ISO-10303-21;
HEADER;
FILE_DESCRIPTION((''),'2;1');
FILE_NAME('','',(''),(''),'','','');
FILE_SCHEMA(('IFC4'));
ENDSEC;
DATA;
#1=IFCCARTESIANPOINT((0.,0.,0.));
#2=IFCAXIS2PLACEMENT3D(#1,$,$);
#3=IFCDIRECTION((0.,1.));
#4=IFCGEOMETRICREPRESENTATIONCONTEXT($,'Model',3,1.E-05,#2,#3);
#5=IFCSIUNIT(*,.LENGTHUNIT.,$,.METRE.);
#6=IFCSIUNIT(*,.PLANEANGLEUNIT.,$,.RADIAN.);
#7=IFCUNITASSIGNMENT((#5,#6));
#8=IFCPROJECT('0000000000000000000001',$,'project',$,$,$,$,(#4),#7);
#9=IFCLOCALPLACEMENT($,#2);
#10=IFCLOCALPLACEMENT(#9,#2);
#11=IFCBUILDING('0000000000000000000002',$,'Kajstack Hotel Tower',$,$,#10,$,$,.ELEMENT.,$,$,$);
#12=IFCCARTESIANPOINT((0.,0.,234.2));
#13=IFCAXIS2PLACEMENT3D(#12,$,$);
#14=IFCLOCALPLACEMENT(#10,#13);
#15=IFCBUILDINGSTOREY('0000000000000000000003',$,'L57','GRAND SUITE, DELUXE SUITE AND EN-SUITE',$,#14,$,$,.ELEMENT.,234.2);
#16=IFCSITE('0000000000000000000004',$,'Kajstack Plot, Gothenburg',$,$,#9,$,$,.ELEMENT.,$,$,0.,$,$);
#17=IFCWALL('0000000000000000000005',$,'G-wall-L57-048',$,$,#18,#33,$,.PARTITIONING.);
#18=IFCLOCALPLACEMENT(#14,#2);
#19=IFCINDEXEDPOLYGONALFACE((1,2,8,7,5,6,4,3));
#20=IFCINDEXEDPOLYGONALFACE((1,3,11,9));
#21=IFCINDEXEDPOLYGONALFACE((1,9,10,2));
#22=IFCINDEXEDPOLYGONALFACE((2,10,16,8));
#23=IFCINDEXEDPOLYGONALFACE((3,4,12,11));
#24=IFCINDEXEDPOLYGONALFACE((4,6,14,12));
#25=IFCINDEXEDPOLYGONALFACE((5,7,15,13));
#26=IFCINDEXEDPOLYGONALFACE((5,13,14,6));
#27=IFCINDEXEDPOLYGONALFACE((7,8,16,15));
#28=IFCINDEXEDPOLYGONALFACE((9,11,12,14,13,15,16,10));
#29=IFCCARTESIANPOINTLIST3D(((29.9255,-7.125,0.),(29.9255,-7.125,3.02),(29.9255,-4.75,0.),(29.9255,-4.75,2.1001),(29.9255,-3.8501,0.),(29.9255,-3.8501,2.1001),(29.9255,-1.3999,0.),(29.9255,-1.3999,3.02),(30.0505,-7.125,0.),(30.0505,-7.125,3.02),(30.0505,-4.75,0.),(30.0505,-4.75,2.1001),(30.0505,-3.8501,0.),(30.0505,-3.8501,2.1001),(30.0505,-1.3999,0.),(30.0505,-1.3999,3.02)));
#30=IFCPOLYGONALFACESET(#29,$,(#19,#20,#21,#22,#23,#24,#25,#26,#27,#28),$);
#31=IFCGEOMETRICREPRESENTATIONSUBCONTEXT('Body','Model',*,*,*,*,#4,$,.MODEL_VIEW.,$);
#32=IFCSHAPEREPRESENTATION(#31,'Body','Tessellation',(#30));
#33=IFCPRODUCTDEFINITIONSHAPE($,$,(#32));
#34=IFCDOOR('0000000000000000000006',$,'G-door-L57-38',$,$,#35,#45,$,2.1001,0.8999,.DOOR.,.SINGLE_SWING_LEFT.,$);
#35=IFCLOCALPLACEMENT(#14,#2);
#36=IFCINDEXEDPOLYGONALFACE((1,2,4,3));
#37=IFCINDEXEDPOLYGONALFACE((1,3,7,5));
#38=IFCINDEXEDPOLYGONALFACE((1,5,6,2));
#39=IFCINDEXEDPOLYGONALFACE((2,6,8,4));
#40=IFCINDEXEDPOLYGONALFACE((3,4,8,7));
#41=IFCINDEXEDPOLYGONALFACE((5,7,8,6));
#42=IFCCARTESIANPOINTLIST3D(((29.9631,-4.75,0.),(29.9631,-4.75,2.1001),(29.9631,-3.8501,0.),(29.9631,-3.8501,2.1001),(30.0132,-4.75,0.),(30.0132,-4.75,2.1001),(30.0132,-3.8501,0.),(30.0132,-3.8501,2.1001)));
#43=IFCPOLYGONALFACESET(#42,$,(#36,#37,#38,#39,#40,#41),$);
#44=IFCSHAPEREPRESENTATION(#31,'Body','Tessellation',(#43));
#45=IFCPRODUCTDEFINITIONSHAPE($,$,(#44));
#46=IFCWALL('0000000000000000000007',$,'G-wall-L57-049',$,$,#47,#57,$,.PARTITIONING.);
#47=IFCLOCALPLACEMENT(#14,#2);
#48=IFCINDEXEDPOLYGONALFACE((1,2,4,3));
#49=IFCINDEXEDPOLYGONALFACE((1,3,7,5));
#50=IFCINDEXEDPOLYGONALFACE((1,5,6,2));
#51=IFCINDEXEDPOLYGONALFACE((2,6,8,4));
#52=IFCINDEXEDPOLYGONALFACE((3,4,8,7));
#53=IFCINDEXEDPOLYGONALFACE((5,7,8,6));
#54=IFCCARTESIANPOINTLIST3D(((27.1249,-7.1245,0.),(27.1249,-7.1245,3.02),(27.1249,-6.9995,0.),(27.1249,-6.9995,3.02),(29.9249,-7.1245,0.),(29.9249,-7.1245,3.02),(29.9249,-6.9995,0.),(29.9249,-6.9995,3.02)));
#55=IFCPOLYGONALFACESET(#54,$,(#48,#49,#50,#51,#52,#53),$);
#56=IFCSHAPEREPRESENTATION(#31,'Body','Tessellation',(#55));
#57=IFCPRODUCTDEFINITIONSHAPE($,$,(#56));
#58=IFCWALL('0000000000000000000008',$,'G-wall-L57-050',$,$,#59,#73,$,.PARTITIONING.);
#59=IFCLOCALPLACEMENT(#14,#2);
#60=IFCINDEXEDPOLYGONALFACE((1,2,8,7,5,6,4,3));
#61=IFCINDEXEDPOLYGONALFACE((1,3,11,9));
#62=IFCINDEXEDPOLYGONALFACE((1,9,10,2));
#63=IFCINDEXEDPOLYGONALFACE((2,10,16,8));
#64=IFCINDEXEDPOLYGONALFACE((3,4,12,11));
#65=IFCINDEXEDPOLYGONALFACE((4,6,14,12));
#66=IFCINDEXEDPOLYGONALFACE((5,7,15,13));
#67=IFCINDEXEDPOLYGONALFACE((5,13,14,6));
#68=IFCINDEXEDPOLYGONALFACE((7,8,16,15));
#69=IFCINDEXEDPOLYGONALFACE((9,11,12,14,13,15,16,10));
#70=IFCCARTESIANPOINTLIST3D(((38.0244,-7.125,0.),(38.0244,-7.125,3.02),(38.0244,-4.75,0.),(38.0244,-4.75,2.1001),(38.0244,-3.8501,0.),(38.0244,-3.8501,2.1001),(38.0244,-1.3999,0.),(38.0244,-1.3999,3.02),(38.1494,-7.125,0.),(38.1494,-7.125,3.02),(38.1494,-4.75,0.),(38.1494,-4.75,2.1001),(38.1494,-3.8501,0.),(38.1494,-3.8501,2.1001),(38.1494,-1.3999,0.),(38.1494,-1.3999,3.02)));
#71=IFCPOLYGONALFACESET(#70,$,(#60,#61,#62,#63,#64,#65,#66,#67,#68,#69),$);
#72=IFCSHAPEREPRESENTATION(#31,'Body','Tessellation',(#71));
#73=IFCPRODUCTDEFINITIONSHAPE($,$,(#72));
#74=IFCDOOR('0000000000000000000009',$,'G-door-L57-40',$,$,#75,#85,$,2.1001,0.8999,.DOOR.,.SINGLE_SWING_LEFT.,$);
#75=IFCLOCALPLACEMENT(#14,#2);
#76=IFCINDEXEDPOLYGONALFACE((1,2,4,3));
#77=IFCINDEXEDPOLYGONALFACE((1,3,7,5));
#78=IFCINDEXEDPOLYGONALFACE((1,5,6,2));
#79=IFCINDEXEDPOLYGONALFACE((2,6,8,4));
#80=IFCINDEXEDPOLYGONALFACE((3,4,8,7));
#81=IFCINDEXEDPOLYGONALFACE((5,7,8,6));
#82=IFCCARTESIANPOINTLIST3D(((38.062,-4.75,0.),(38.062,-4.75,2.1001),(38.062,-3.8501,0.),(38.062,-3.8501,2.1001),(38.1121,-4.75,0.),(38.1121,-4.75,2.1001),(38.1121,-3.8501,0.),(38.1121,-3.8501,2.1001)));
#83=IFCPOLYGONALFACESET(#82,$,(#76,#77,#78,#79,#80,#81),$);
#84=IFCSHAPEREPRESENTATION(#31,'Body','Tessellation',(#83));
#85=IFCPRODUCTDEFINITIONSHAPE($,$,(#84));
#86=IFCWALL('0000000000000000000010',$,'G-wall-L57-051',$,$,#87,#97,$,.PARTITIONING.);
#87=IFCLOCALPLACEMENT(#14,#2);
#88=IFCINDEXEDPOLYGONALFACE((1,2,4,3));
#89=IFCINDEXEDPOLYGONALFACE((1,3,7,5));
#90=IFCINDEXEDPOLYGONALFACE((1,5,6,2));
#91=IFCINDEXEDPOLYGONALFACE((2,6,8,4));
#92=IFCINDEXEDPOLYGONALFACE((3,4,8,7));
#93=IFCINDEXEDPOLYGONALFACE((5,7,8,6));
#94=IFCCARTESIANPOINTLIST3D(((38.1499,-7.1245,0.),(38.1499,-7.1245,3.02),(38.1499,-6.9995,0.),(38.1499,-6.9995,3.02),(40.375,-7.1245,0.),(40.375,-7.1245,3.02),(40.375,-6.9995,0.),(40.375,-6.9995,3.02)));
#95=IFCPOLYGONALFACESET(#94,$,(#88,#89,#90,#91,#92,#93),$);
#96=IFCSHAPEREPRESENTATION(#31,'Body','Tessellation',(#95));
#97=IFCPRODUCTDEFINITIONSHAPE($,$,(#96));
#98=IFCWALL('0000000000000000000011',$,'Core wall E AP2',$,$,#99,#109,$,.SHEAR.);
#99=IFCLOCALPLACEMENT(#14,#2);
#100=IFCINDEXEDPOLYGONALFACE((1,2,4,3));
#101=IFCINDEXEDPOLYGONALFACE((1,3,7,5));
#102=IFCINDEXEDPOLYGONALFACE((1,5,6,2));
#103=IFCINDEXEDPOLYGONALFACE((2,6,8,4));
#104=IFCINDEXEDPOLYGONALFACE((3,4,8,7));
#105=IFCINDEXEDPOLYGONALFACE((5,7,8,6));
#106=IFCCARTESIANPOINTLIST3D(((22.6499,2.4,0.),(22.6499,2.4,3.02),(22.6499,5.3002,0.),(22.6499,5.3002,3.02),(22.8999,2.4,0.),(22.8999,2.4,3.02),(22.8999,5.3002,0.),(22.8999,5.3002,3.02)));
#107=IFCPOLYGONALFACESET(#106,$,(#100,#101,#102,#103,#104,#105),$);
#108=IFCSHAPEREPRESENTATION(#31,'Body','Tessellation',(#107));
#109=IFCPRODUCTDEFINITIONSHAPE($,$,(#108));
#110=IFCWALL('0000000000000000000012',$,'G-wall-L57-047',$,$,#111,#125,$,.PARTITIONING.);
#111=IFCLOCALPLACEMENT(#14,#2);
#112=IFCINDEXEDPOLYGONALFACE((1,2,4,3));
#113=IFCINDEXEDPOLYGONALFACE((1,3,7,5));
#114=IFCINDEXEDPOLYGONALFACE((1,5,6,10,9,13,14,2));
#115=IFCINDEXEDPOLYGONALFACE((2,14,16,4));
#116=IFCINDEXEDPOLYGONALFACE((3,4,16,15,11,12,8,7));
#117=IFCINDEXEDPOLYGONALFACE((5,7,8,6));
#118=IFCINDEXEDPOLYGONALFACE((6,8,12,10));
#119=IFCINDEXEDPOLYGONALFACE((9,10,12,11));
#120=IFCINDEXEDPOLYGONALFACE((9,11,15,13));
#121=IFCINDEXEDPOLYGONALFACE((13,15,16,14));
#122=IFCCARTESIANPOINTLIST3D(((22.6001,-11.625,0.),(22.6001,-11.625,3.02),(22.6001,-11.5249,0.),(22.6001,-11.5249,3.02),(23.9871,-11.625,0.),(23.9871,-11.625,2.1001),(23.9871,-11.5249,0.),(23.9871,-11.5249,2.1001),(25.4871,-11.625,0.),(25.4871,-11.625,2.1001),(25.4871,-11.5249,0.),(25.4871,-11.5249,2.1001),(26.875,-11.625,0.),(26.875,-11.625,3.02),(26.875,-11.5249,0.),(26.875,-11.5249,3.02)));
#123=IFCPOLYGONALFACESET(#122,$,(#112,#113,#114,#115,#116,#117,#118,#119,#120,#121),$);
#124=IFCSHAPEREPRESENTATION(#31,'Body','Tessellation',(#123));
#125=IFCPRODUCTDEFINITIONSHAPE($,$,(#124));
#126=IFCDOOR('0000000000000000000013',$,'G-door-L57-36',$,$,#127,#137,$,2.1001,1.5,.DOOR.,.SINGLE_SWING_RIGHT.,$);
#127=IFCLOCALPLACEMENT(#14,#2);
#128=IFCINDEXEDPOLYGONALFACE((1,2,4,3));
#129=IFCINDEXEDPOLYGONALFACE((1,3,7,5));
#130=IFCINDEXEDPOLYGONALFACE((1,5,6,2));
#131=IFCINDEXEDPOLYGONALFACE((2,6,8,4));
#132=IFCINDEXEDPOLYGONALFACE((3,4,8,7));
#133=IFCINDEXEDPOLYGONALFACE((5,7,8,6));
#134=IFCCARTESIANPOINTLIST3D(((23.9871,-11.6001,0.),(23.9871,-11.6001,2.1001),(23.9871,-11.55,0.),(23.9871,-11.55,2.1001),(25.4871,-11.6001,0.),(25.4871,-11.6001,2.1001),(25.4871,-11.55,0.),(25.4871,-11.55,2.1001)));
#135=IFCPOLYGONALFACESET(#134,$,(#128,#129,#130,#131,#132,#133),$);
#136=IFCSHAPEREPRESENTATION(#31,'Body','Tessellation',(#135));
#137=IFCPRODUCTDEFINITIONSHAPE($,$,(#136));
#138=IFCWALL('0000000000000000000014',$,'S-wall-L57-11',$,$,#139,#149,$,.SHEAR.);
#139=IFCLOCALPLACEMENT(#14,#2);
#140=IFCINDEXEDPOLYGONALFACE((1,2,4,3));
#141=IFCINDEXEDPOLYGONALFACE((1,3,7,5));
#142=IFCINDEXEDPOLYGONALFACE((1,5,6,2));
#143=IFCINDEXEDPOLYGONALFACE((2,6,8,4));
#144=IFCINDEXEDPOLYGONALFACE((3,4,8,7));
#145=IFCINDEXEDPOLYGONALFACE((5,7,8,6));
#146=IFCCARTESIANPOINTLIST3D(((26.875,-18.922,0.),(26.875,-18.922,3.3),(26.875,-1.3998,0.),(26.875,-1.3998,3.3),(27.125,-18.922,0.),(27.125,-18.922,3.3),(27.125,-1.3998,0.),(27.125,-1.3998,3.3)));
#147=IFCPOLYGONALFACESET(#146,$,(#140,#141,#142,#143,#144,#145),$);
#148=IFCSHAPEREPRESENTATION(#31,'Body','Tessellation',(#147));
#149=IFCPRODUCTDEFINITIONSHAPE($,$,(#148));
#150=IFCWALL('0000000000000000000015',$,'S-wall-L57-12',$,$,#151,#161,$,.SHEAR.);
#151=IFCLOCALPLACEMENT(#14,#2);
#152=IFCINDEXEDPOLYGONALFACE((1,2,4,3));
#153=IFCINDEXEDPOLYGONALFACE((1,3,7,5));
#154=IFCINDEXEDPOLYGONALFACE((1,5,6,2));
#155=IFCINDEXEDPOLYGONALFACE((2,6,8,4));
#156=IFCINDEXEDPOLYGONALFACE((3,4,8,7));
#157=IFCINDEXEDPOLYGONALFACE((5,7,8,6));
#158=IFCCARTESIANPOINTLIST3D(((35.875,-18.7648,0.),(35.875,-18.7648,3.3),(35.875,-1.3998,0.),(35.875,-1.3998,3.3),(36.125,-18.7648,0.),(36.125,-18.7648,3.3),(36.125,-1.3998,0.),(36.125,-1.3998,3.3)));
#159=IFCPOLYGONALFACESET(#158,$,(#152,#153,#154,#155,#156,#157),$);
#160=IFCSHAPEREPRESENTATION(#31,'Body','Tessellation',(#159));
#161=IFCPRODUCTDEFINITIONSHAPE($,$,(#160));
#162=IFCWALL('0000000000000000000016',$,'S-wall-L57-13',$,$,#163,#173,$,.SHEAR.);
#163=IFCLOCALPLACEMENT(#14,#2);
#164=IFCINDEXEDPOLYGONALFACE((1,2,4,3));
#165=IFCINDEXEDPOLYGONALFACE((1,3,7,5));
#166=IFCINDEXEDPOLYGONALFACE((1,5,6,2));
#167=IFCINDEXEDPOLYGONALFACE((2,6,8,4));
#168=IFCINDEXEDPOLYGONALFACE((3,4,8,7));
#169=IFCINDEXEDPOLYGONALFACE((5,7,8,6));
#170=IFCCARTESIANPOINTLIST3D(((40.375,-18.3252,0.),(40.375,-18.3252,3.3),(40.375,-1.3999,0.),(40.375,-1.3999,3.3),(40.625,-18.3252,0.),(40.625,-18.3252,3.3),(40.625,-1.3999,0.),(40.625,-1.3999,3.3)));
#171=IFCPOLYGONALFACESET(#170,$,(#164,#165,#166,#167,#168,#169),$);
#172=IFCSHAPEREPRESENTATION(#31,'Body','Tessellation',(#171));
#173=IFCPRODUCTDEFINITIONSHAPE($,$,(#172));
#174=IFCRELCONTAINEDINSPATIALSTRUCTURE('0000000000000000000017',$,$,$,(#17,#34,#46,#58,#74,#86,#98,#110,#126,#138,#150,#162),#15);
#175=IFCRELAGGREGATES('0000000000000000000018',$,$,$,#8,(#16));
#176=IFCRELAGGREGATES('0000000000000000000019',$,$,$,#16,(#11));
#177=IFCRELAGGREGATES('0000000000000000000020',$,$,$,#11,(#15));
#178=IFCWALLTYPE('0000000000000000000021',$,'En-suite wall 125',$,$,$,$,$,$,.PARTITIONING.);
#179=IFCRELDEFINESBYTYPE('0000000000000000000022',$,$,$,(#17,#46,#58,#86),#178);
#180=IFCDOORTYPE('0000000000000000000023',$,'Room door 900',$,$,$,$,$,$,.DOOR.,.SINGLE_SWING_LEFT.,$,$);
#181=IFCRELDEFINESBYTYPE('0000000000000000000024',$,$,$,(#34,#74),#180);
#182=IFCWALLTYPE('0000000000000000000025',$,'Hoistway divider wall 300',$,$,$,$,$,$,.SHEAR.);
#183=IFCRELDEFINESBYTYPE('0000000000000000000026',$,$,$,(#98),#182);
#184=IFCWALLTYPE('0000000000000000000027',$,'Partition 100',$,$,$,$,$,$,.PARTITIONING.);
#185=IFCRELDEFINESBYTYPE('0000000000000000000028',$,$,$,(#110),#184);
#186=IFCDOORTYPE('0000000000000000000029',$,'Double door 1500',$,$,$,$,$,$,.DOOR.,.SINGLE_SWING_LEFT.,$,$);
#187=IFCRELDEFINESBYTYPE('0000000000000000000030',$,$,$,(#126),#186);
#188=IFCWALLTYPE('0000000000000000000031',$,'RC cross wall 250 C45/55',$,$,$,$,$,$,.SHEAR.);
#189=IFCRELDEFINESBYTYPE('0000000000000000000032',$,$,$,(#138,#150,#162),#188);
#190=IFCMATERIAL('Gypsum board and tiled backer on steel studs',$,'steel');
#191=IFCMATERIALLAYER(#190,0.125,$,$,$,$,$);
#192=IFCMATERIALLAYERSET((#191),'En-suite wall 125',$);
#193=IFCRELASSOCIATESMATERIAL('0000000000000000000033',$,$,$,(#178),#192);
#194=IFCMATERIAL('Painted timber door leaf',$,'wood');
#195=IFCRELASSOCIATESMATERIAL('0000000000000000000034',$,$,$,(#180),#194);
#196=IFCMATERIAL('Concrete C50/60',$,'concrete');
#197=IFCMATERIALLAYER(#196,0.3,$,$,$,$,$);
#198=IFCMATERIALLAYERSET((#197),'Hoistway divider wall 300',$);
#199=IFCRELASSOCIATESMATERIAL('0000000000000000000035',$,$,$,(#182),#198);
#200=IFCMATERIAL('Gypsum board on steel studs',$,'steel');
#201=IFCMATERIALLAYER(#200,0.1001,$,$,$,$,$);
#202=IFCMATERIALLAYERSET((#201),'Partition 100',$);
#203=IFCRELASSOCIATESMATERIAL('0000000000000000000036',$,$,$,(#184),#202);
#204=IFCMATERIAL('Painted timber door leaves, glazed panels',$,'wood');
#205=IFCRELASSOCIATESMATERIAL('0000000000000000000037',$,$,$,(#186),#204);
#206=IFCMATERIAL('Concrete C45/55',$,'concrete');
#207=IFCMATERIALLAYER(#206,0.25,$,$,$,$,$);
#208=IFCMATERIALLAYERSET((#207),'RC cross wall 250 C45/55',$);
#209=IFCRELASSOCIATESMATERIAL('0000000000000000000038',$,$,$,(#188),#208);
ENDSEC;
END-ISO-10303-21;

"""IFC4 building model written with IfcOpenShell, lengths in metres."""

from ifc_helpers import new_model, si_unit, direction, frame, frame_2d, origin, place, context, subcontext, project, spatial, rectangle, extrude, material, layer, layer_set, type_object, element, fill, save


model = new_model("IFC4")

# Units and contexts
model_context = context("Model", 3, precision=1e-05, world=origin(), true_north=direction((0.0, 1.0)))
body_context = subcontext(model_context, "Body", "Model", "MODEL_VIEW")
ifc_project = project(units=[si_unit("LENGTHUNIT", "METRE"), si_unit("PLANEANGLEUNIT", "RADIAN")], contexts=[model_context])

# Site, building, storey
site_placement = place(None, origin())
site = spatial("IfcSite", under=ifc_project, at=site_placement, Name="Kajstack Plot, Gothenburg", CompositionType="ELEMENT", RefElevation=0.0)
building_placement = place(site_placement, origin())
building = spatial("IfcBuilding", under=site, at=building_placement, Name="Kajstack Hotel Tower", CompositionType="ELEMENT")
storey_placement = place(building_placement, frame((0.0, 0.0, 234.2)))
storey = spatial("IfcBuildingStorey", under=building, at=storey_placement, Name="L57", Description="GRAND SUITE, DELUXE SUITE AND EN-SUITE", CompositionType="ELEMENT", Elevation=234.2)

# Shared definitions
ifc_material_1 = material(Name="Gypsum board and tiled backer on steel studs", Category="steel")
ifc_layer_1 = layer(ifc_material_1, 0.125)
ifc_layer_set_1 = layer_set([ifc_layer_1], Name="En-suite wall 125")
wall_type_1 = type_object("IfcWallType", Name="En-suite wall 125", PredefinedType="PARTITIONING", material=ifc_layer_set_1)
ifc_material_2 = material(Name="Painted timber door leaf", Category="wood")
door_type_1 = type_object("IfcDoorType", Name="Room door 900", OperationType="SINGLE_SWING_LEFT", PredefinedType="DOOR", material=ifc_material_2)

# Wall, opening, door
wall_1_placement = place(storey_placement, frame((29.988, -7.125, 0.0), z_axis=(0.0, 0.0, 1.0), x_axis=(0.0, 1.0, 0.0)))
wall_1 = element("IfcWall", 1, at=wall_1_placement, inside=storey, type_object=wall_type_1, Name="G-wall-L57-048", PredefinedType="PARTITIONING", context=body_context, shape_type="SweptSolid", body=[
    extrude(rectangle(XDim=5.7251, YDim=0.125, at=frame_2d((2.8625, 0.0))), origin(), (0.0, 0.0, 1.0), 3.02),
])
opening_1_placement = place(wall_1_placement, frame((2.375, 0.0, 0.0)))
opening_1 = element("IfcOpeningElement", 2, at=opening_1_placement, cuts=wall_1, PredefinedType="OPENING", context=body_context, shape_type="SweptSolid", body=[
    extrude(rectangle(XDim=0.8999, YDim=2.1001, at=frame_2d((0.45, 1.05))), frame((0.0, 0.0725, 0.0), z_axis=(0.0, -1.0, 0.0), x_axis=(1.0, 0.0, 0.0)), (0.0, 0.0, 1.0), 0.145),
])
door_1_placement = place(opening_1_placement, origin())
door_1 = element("IfcDoor", 3, at=door_1_placement, inside=storey, type_object=door_type_1, Name="G-door-L57-38", OperationType="SINGLE_SWING_LEFT", OverallHeight=2.1001, OverallWidth=0.8999, PredefinedType="DOOR", context=body_context, shape_type="SweptSolid", body=[
    extrude(rectangle(XDim=0.8999, YDim=2.1001, at=frame_2d((0.45, 1.05))), frame((0.0, 0.0249, 0.0), z_axis=(0.0, -1.0, 0.0), x_axis=(1.0, 0.0, 0.0)), (0.0, 0.0, 1.0), 0.05),
])
fill(opening_1, door_1)

# Wall
wall_2_placement = place(storey_placement, frame((27.125, -7.062, 0.0), z_axis=(0.0, 0.0, 1.0), x_axis=(1.0, 0.0, 0.0)))
element("IfcWall", 4, at=wall_2_placement, inside=storey, type_object=wall_type_1, Name="G-wall-L57-049", PredefinedType="PARTITIONING", context=body_context, shape_type="SweptSolid", body=[
    extrude(rectangle(XDim=2.8, YDim=0.125, at=frame_2d((1.3999, 0.0))), origin(), (0.0, 0.0, 1.0), 3.02),
])

# Wall, opening, door
wall_3_placement = place(storey_placement, frame((38.0869, -7.125, 0.0), z_axis=(0.0, 0.0, 1.0), x_axis=(0.0, 1.0, 0.0)))
wall_3 = element("IfcWall", 5, at=wall_3_placement, inside=storey, type_object=wall_type_1, Name="G-wall-L57-050", PredefinedType="PARTITIONING", context=body_context, shape_type="SweptSolid", body=[
    extrude(rectangle(XDim=5.7251, YDim=0.125, at=frame_2d((2.8625, 0.0))), origin(), (0.0, 0.0, 1.0), 3.02),
])
opening_2_placement = place(wall_3_placement, frame((2.375, 0.0, 0.0)))
opening_2 = element("IfcOpeningElement", 6, at=opening_2_placement, cuts=wall_3, PredefinedType="OPENING", context=body_context, shape_type="SweptSolid", body=[
    extrude(rectangle(XDim=0.8999, YDim=2.1001, at=frame_2d((0.45, 1.05))), frame((0.0, 0.0725, 0.0), z_axis=(0.0, -1.0, 0.0), x_axis=(1.0, 0.0, 0.0)), (0.0, 0.0, 1.0), 0.145),
])
door_2_placement = place(opening_2_placement, origin())
door_2 = element("IfcDoor", 7, at=door_2_placement, inside=storey, type_object=door_type_1, Name="G-door-L57-40", OperationType="SINGLE_SWING_LEFT", OverallHeight=2.1001, OverallWidth=0.8999, PredefinedType="DOOR", context=body_context, shape_type="SweptSolid", body=[
    extrude(rectangle(XDim=0.8999, YDim=2.1001, at=frame_2d((0.45, 1.05))), frame((0.0, 0.0249, 0.0), z_axis=(0.0, -1.0, 0.0), x_axis=(1.0, 0.0, 0.0)), (0.0, 0.0, 1.0), 0.05),
])
fill(opening_2, door_2)

# Walls
wall_4_placement = place(storey_placement, frame((38.1499, -7.062, 0.0), z_axis=(0.0, 0.0, 1.0), x_axis=(1.0, 0.0, 0.0)))
element("IfcWall", 8, at=wall_4_placement, inside=storey, type_object=wall_type_1, Name="G-wall-L57-051", PredefinedType="PARTITIONING", context=body_context, shape_type="SweptSolid", body=[
    extrude(rectangle(XDim=2.2251, YDim=0.125, at=frame_2d((1.1125, 0.0))), origin(), (0.0, 0.0, 1.0), 3.02),
])
ifc_material_3 = material(Name="Concrete C50/60", Category="concrete")
ifc_layer_2 = layer(ifc_material_3, 0.3)
ifc_layer_set_2 = layer_set([ifc_layer_2], Name="Hoistway divider wall 300")
wall_type_2 = type_object("IfcWallType", Name="Hoistway divider wall 300", PredefinedType="SHEAR", material=ifc_layer_set_2)
wall_5_placement = place(storey_placement, frame((22.7749, 2.3999, 0.0), z_axis=(0.0, 0.0, 1.0), x_axis=(0.0, 1.0, 0.0)))
element("IfcWall", 9, at=wall_5_placement, inside=storey, type_object=wall_type_2, Name="Core wall E AP2", PredefinedType="SHEAR", context=body_context, shape_type="SweptSolid", body=[
    extrude(rectangle(XDim=2.9001, YDim=0.25, at=frame_2d((1.4502, 0.0))), origin(), (0.0, 0.0, 1.0), 3.02),
])

# Wall, opening, door
ifc_material_4 = material(Name="Gypsum board on steel studs", Category="steel")
ifc_layer_3 = layer(ifc_material_4, 0.1001)
ifc_layer_set_3 = layer_set([ifc_layer_3], Name="Partition 100")
wall_type_3 = type_object("IfcWallType", Name="Partition 100", PredefinedType="PARTITIONING", material=ifc_layer_set_3)
wall_6_placement = place(storey_placement, frame((22.6001, -11.575, 0.0), z_axis=(0.0, 0.0, 1.0), x_axis=(1.0, 0.0, 0.0)))
wall_6 = element("IfcWall", 10, at=wall_6_placement, inside=storey, type_object=wall_type_3, Name="G-wall-L57-047", PredefinedType="PARTITIONING", context=body_context, shape_type="SweptSolid", body=[
    extrude(rectangle(XDim=4.2749, YDim=0.1001, at=frame_2d((2.1375, 0.0))), origin(), (0.0, 0.0, 1.0), 3.02),
])
opening_3_placement = place(wall_6_placement, frame((1.387, 0.0, 0.0)))
opening_3 = element("IfcOpeningElement", 11, at=opening_3_placement, cuts=wall_6, PredefinedType="OPENING", context=body_context, shape_type="SweptSolid", body=[
    extrude(rectangle(XDim=1.5, YDim=2.1001, at=frame_2d((0.75, 1.05))), frame((0.0, 0.0601, 0.0), z_axis=(0.0, -1.0, 0.0), x_axis=(1.0, 0.0, 0.0)), (0.0, 0.0, 1.0), 0.1201),
])
ifc_material_5 = material(Name="Painted timber door leaves, glazed panels", Category="wood")
door_type_2 = type_object("IfcDoorType", Name="Double door 1500", OperationType="SINGLE_SWING_LEFT", PredefinedType="DOOR", material=ifc_material_5)
door_3_placement = place(opening_3_placement, origin())
door_3 = element("IfcDoor", 12, at=door_3_placement, inside=storey, type_object=door_type_2, Name="G-door-L57-36", OperationType="SINGLE_SWING_RIGHT", OverallHeight=2.1001, OverallWidth=1.5, PredefinedType="DOOR", context=body_context, shape_type="SweptSolid", body=[
    extrude(rectangle(XDim=1.5, YDim=2.1001, at=frame_2d((0.75, 1.05))), frame((0.0, 0.0249, 0.0), z_axis=(0.0, -1.0, 0.0), x_axis=(1.0, 0.0, 0.0)), (0.0, 0.0, 1.0), 0.05),
])
fill(opening_3, door_3)

# Walls
ifc_material_6 = material(Name="Concrete C45/55", Category="concrete")
ifc_layer_4 = layer(ifc_material_6, 0.25)
ifc_layer_set_4 = layer_set([ifc_layer_4], Name="RC cross wall 250 C45/55")
wall_type_4 = type_object("IfcWallType", Name="RC cross wall 250 C45/55", PredefinedType="SHEAR", material=ifc_layer_set_4)
wall_7_placement = place(storey_placement, frame((27.0, -18.9221, 0.0), z_axis=(0.0, 0.0, 1.0), x_axis=(0.0, 1.0, 0.0)))
element("IfcWall", 13, at=wall_7_placement, inside=storey, type_object=wall_type_4, Name="S-wall-L57-11", PredefinedType="SHEAR", context=body_context, shape_type="SweptSolid", body=[
    extrude(rectangle(XDim=17.5222, YDim=0.25, at=frame_2d((8.7612, 0.0))), origin(), (0.0, 0.0, 1.0), 3.3),
])
wall_8_placement = place(storey_placement, frame((36.0, -18.7649, 0.0), z_axis=(0.0, 0.0, 1.0), x_axis=(0.0, 1.0, 0.0)))
element("IfcWall", 14, at=wall_8_placement, inside=storey, type_object=wall_type_4, Name="S-wall-L57-12", PredefinedType="SHEAR", context=body_context, shape_type="SweptSolid", body=[
    extrude(rectangle(XDim=17.365, YDim=0.25, at=frame_2d((8.6826, 0.0))), origin(), (0.0, 0.0, 1.0), 3.3),
])
wall_9_placement = place(storey_placement, frame((40.5, -18.3252, 0.0), z_axis=(0.0, 0.0, 1.0), x_axis=(0.0, 1.0, 0.0)))
element("IfcWall", 15, at=wall_9_placement, inside=storey, type_object=wall_type_4, Name="S-wall-L57-13", PredefinedType="SHEAR", context=body_context, shape_type="SweptSolid", body=[
    extrude(rectangle(XDim=16.9253, YDim=0.25, at=frame_2d((8.4626, 0.0))), origin(), (0.0, 0.0, 1.0), 3.3),
])

save(model, "model.ifc")
